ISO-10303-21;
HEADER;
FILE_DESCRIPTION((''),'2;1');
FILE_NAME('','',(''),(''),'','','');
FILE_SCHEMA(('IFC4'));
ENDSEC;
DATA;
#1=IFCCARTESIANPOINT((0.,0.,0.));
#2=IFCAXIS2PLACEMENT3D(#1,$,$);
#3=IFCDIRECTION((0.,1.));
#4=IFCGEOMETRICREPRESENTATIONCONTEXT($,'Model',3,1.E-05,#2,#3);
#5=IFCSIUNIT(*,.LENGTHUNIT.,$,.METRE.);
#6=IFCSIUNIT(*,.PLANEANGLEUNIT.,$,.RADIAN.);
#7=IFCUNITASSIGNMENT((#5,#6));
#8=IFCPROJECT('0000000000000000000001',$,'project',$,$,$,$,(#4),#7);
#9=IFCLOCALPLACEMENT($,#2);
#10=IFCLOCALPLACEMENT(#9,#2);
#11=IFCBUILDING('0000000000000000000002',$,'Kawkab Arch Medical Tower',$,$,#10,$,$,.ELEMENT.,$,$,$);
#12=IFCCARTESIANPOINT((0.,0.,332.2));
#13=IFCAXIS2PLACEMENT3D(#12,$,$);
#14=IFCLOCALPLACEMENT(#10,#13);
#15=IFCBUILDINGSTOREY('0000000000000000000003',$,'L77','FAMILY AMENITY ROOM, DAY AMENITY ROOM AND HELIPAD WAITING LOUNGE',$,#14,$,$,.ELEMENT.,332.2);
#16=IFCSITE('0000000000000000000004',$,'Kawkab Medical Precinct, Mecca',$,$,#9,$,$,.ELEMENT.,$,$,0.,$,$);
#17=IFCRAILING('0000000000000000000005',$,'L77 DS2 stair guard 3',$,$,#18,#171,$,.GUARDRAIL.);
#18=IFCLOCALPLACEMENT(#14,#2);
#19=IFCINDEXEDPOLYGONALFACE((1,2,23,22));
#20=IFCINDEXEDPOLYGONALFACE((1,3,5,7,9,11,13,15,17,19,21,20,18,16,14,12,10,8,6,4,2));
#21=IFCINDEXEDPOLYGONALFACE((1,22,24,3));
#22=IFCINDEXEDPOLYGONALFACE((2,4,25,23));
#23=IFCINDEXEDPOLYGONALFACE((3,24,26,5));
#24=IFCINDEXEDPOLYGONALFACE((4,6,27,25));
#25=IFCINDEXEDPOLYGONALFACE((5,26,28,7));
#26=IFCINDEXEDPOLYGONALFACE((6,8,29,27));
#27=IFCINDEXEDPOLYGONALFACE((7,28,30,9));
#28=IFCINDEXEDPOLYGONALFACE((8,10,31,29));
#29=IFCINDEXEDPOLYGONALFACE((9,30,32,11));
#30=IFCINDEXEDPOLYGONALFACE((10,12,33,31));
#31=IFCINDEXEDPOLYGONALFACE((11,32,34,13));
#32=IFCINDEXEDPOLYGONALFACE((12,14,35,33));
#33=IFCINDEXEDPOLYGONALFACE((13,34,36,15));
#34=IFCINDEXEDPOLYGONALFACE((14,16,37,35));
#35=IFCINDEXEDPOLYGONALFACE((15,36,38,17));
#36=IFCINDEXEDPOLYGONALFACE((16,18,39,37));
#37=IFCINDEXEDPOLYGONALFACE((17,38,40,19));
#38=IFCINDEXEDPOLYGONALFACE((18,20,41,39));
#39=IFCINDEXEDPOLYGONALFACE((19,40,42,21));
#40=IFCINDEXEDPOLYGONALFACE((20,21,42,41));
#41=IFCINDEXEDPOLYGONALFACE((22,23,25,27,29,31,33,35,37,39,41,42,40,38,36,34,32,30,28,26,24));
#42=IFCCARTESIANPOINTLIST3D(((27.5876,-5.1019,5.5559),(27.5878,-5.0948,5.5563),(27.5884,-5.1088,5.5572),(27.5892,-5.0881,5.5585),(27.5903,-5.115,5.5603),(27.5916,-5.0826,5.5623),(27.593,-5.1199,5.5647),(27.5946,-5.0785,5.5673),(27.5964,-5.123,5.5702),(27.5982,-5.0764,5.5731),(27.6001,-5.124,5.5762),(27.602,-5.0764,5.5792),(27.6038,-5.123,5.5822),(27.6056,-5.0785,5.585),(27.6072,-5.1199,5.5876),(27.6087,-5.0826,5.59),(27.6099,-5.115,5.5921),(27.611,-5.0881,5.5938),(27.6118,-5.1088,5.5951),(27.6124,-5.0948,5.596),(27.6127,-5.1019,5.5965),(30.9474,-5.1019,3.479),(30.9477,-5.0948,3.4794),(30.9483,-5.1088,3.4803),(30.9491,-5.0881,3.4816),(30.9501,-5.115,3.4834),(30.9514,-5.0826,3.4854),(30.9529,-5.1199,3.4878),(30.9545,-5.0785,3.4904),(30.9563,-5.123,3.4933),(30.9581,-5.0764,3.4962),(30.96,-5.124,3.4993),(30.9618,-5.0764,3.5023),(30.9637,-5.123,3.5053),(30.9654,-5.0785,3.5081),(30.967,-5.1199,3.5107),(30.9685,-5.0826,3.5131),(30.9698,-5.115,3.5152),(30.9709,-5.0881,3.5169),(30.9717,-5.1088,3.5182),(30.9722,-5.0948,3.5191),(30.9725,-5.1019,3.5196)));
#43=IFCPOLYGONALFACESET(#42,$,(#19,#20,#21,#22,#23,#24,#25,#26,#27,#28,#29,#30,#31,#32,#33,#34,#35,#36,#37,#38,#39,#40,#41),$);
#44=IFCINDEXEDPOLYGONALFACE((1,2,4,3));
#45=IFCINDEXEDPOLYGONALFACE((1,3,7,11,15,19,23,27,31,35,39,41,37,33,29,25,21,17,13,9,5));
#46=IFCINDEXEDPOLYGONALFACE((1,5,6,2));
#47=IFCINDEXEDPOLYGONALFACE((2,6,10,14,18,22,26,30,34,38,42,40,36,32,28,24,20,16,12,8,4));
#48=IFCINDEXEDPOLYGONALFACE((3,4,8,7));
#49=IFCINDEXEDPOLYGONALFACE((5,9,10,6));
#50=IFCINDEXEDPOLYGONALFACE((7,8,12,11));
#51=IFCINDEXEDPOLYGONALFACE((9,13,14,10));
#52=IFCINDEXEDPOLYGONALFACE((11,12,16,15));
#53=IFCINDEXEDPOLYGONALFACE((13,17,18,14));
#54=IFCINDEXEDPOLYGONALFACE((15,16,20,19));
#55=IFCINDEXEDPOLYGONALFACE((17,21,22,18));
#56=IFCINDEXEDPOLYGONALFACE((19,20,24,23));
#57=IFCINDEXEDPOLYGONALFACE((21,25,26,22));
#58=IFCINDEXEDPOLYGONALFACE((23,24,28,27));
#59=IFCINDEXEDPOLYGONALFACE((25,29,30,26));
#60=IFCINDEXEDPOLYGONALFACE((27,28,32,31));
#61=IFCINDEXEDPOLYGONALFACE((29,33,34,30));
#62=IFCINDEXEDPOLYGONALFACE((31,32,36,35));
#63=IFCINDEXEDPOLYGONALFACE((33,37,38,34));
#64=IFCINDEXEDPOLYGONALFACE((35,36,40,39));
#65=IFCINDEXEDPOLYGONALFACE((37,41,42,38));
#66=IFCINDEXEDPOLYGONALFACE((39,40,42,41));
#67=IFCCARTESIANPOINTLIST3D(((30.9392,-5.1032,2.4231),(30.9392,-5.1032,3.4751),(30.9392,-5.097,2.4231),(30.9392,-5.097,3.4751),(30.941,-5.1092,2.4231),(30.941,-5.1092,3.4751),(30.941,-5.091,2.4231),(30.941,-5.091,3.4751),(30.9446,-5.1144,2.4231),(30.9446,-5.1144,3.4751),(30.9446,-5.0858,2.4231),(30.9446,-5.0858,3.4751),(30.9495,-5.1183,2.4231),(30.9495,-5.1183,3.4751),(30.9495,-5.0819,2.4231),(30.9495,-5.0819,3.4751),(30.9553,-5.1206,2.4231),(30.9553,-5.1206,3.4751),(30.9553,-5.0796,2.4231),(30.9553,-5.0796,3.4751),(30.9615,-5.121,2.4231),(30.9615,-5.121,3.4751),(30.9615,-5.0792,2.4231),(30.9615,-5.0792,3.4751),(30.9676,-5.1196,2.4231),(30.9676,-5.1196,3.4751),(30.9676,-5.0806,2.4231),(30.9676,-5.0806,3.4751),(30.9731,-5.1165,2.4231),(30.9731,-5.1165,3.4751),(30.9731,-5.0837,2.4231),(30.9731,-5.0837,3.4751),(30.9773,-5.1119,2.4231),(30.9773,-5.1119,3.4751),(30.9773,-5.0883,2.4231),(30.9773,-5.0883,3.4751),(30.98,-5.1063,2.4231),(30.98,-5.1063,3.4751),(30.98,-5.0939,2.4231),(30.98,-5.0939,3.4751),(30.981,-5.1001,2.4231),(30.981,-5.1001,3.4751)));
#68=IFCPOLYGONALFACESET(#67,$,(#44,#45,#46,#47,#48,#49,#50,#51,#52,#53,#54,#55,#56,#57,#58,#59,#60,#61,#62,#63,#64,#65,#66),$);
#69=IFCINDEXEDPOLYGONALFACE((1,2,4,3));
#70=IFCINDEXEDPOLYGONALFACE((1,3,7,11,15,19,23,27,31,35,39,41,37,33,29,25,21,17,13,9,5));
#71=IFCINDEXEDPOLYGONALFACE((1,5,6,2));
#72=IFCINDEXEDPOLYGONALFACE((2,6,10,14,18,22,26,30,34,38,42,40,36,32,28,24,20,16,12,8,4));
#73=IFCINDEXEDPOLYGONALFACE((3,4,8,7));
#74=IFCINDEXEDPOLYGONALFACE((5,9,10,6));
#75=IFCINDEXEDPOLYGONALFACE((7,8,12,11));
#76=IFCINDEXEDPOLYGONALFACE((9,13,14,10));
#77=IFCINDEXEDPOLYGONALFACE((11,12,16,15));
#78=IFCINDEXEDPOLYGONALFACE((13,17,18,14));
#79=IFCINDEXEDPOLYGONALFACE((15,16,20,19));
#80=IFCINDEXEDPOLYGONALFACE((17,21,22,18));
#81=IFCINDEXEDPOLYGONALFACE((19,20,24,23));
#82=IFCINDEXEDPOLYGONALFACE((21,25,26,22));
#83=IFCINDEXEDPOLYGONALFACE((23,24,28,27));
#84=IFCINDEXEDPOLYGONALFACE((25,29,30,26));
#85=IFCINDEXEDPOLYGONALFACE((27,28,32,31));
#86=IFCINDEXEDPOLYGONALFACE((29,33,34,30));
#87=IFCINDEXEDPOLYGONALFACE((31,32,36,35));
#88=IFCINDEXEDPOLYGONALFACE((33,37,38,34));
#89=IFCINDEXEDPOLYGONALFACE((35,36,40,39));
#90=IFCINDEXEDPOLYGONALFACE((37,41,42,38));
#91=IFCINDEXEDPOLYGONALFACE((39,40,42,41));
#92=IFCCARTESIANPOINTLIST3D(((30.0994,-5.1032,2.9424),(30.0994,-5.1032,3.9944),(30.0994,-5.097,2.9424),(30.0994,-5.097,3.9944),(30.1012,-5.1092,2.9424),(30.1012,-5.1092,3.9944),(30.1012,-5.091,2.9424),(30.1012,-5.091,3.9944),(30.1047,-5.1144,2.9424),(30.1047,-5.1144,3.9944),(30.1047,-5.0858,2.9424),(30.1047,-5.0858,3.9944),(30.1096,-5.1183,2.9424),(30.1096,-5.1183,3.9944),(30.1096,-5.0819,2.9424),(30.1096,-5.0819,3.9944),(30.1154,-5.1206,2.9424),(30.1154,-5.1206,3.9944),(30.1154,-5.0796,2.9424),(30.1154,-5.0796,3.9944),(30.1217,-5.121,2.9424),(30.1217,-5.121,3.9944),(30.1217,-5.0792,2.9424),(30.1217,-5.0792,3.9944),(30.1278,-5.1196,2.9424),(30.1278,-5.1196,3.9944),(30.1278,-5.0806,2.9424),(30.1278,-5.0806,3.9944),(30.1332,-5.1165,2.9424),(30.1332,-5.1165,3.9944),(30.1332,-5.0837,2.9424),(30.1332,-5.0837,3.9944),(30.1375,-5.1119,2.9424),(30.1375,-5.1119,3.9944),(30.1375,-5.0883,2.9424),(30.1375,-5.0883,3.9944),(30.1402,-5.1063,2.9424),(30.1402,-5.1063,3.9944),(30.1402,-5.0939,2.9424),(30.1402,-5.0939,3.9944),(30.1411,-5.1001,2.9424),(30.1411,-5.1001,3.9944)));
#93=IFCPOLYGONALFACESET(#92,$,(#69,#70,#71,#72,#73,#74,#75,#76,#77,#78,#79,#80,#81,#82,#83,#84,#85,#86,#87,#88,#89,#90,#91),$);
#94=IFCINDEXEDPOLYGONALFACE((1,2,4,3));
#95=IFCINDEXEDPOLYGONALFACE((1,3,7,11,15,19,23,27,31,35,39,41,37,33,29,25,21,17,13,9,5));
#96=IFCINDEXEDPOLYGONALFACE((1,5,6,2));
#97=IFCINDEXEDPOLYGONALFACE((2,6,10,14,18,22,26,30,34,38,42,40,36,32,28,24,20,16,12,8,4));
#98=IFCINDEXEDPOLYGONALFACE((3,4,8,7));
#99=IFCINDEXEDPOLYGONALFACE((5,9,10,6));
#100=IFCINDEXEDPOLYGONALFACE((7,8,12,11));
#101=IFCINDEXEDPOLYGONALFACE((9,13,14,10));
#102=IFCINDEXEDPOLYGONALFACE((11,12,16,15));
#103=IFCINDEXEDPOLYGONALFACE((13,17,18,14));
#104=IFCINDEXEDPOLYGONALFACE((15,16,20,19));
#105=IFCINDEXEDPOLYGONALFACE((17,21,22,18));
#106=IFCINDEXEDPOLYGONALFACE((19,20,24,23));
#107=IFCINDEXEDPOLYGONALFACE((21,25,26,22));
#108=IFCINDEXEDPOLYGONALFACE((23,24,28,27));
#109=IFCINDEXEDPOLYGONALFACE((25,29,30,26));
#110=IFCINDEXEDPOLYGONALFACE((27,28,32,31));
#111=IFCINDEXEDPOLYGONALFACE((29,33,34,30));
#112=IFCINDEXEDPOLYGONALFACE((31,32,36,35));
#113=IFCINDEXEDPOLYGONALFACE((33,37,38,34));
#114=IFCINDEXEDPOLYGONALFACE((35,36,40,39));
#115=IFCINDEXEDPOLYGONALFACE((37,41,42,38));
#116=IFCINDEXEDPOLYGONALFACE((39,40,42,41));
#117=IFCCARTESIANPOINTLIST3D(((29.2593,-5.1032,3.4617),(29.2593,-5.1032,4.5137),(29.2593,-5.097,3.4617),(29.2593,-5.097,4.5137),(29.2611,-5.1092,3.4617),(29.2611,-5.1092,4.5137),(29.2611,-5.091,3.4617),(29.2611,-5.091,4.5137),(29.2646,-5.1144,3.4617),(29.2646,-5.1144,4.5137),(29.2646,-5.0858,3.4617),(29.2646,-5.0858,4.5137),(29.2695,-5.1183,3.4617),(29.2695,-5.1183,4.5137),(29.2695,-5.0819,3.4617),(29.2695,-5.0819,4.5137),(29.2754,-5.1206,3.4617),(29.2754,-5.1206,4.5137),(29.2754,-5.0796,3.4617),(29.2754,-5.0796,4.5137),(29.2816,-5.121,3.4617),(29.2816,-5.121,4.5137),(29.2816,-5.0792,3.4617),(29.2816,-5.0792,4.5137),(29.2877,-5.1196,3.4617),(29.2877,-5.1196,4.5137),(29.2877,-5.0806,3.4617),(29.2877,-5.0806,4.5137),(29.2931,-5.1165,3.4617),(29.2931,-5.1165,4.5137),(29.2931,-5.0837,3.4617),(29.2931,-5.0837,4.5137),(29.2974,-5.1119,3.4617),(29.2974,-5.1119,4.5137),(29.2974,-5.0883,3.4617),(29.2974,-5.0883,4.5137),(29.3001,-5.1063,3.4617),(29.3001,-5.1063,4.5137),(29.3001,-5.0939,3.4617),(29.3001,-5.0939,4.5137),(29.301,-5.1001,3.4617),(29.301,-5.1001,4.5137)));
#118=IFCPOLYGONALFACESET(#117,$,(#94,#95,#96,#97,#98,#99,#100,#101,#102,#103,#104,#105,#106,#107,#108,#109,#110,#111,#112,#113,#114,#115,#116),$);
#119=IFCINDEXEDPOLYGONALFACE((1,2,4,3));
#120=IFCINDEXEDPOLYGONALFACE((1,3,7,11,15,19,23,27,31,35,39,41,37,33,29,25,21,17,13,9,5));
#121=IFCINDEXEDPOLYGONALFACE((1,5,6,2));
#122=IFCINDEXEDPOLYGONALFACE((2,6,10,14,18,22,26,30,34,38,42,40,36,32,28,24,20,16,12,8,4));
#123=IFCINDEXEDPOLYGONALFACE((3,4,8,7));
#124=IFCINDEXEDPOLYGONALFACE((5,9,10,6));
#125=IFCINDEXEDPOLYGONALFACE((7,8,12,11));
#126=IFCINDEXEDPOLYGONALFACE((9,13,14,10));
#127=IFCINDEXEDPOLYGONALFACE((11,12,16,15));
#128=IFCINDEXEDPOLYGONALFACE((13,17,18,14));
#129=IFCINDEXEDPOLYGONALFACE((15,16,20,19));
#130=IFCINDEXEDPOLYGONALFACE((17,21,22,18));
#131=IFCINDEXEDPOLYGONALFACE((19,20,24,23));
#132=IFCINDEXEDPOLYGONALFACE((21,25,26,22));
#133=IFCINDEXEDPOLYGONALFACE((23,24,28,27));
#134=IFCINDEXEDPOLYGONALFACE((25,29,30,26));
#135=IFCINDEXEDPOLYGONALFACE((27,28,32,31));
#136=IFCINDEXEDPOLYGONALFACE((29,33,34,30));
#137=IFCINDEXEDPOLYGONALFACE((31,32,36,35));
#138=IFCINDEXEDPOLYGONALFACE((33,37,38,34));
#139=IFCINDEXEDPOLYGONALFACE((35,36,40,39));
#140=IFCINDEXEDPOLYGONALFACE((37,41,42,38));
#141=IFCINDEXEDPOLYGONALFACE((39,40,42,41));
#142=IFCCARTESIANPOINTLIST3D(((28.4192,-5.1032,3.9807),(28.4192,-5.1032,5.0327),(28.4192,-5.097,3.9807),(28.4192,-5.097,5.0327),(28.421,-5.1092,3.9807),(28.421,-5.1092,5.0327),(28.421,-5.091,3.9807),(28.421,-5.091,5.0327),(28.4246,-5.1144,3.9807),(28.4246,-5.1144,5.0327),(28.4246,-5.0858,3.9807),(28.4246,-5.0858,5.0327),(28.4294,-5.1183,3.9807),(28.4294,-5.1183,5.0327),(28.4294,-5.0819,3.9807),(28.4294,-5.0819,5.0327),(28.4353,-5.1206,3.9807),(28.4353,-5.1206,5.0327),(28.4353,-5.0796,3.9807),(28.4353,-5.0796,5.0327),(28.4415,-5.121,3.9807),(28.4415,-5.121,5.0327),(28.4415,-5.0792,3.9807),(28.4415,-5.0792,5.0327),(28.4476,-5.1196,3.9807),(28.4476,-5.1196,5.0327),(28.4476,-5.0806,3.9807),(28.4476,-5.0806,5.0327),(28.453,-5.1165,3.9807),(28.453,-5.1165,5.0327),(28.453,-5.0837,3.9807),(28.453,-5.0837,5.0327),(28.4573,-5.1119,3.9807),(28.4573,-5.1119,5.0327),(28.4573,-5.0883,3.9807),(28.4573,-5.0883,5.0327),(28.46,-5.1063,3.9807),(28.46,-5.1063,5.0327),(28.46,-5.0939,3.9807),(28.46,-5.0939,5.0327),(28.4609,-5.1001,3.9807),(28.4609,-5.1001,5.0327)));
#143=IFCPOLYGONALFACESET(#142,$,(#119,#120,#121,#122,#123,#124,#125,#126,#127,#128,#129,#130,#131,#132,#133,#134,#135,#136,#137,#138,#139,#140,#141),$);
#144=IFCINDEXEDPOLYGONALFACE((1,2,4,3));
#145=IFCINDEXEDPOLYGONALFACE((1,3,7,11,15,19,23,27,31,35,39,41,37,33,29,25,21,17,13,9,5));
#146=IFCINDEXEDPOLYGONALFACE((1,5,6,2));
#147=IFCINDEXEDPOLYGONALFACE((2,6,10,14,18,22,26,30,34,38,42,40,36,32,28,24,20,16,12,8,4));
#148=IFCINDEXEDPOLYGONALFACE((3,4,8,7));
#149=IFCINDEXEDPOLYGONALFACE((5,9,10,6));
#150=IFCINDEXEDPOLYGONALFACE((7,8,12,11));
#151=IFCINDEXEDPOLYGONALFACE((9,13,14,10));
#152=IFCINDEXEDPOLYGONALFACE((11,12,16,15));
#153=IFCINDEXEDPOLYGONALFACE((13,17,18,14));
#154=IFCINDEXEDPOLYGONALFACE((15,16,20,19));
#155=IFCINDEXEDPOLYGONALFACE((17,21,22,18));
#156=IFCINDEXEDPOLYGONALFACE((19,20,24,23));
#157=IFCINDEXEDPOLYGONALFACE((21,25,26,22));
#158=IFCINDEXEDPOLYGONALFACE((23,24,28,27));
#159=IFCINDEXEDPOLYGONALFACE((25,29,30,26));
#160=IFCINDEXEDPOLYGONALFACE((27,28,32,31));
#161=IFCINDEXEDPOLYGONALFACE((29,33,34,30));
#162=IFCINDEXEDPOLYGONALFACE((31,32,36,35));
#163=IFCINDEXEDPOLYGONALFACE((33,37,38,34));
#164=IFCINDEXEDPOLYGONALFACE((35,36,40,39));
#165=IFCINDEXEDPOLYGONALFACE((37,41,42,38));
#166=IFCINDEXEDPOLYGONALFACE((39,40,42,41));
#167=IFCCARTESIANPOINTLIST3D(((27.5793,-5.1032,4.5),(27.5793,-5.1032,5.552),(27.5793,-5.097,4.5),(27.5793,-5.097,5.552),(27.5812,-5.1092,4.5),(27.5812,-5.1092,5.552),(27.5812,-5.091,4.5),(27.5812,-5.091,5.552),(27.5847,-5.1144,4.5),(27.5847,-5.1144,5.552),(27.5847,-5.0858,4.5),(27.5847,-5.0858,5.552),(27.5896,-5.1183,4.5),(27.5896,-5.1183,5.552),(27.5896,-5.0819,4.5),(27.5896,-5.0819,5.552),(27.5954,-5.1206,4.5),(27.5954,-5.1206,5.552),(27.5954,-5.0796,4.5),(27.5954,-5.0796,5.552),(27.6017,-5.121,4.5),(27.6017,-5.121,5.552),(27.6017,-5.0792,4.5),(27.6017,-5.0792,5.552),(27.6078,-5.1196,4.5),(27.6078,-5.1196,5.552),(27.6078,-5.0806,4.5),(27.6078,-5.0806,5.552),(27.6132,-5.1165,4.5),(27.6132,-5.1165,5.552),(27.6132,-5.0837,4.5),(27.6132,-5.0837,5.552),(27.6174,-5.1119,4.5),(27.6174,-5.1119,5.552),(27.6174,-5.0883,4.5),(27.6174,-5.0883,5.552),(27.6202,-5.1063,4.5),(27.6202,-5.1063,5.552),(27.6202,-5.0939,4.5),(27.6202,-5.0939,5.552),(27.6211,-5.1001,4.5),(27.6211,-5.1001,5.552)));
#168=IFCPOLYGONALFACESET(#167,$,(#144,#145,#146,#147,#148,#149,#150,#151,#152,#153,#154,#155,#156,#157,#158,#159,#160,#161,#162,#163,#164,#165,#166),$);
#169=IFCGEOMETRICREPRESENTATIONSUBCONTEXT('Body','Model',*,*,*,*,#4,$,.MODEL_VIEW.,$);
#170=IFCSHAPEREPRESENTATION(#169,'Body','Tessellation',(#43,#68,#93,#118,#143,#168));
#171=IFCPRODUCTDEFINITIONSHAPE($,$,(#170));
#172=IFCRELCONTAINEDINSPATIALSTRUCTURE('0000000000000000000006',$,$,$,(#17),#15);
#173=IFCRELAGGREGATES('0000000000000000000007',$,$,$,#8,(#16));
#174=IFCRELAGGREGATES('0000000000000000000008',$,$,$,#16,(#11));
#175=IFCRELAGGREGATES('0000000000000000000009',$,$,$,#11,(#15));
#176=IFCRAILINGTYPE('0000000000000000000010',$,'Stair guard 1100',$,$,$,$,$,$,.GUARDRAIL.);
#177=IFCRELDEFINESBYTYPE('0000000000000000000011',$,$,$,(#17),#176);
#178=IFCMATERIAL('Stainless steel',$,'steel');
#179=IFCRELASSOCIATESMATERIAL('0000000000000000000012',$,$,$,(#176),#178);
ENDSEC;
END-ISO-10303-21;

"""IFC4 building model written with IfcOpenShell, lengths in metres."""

from ifc_helpers import new_model, si_unit, direction, frame, origin, origin_2d, place, context, subcontext, project, spatial, circle, extrude, material, type_object, element, save


model = new_model("IFC4")

# Units and contexts
model_context = context("Model", 3, precision=1e-05, world=origin(), true_north=direction((0.0, 1.0)))
body_context = subcontext(model_context, "Body", "Model", "MODEL_VIEW")
ifc_project = project(units=[si_unit("LENGTHUNIT", "METRE"), si_unit("PLANEANGLEUNIT", "RADIAN")], contexts=[model_context])

# Site, building, storey
site_placement = place(None, origin())
site = spatial("IfcSite", under=ifc_project, at=site_placement, Name="Kawkab Medical Precinct, Mecca", CompositionType="ELEMENT", RefElevation=0.0)
building_placement = place(site_placement, origin())
building = spatial("IfcBuilding", under=site, at=building_placement, Name="Kawkab Arch Medical Tower", CompositionType="ELEMENT")
storey_placement = place(building_placement, frame((0.0, 0.0, 332.2)))
storey = spatial("IfcBuildingStorey", under=building, at=storey_placement, Name="L77", Description="FAMILY AMENITY ROOM, DAY AMENITY ROOM AND HELIPAD WAITING LOUNGE", CompositionType="ELEMENT", Elevation=332.2)

# Railing
ifc_material_1 = material(Name="Stainless steel", Category="steel")
railing_type = type_object("IfcRailingType", Name="Stair guard 1100", PredefinedType="GUARDRAIL", material=ifc_material_1)
railing_1_placement = place(storey_placement, frame((30.96, -5.1001, 2.4231)))
element("IfcRailing", 1, at=railing_1_placement, inside=storey, type_object=railing_type, Name="L77 DS2 stair guard 3", PredefinedType="GUARDRAIL", context=body_context, shape_type="SweptSolid", body=[
    extrude(circle(Radius=0.0239, at=origin_2d()), frame((0.0, 0.0, 1.0762), z_axis=(-0.850606, 0.0, 0.525803), x_axis=(0.0, -1.0, 0.0)), (0.0, 0.0, 1.0), 3.95),
    extrude(circle(Radius=0.021, at=origin_2d()), origin(), (0.0, 0.0, 1.0), 1.052),
    extrude(circle(Radius=0.021, at=origin_2d()), frame((-0.8398, 0.0, 0.5193)), (0.0, 0.0, 1.0), 1.052),
    extrude(circle(Radius=0.021, at=origin_2d()), frame((-1.6799, 0.0, 1.0386)), (0.0, 0.0, 1.0), 1.052),
    extrude(circle(Radius=0.021, at=origin_2d()), frame((-2.52, 0.0, 1.5576)), (0.0, 0.0, 1.0), 1.052),
    extrude(circle(Radius=0.021, at=origin_2d()), frame((-3.3599, 0.0, 2.0769)), (0.0, 0.0, 1.0), 1.052),
])

save(model, "model.ifc")
